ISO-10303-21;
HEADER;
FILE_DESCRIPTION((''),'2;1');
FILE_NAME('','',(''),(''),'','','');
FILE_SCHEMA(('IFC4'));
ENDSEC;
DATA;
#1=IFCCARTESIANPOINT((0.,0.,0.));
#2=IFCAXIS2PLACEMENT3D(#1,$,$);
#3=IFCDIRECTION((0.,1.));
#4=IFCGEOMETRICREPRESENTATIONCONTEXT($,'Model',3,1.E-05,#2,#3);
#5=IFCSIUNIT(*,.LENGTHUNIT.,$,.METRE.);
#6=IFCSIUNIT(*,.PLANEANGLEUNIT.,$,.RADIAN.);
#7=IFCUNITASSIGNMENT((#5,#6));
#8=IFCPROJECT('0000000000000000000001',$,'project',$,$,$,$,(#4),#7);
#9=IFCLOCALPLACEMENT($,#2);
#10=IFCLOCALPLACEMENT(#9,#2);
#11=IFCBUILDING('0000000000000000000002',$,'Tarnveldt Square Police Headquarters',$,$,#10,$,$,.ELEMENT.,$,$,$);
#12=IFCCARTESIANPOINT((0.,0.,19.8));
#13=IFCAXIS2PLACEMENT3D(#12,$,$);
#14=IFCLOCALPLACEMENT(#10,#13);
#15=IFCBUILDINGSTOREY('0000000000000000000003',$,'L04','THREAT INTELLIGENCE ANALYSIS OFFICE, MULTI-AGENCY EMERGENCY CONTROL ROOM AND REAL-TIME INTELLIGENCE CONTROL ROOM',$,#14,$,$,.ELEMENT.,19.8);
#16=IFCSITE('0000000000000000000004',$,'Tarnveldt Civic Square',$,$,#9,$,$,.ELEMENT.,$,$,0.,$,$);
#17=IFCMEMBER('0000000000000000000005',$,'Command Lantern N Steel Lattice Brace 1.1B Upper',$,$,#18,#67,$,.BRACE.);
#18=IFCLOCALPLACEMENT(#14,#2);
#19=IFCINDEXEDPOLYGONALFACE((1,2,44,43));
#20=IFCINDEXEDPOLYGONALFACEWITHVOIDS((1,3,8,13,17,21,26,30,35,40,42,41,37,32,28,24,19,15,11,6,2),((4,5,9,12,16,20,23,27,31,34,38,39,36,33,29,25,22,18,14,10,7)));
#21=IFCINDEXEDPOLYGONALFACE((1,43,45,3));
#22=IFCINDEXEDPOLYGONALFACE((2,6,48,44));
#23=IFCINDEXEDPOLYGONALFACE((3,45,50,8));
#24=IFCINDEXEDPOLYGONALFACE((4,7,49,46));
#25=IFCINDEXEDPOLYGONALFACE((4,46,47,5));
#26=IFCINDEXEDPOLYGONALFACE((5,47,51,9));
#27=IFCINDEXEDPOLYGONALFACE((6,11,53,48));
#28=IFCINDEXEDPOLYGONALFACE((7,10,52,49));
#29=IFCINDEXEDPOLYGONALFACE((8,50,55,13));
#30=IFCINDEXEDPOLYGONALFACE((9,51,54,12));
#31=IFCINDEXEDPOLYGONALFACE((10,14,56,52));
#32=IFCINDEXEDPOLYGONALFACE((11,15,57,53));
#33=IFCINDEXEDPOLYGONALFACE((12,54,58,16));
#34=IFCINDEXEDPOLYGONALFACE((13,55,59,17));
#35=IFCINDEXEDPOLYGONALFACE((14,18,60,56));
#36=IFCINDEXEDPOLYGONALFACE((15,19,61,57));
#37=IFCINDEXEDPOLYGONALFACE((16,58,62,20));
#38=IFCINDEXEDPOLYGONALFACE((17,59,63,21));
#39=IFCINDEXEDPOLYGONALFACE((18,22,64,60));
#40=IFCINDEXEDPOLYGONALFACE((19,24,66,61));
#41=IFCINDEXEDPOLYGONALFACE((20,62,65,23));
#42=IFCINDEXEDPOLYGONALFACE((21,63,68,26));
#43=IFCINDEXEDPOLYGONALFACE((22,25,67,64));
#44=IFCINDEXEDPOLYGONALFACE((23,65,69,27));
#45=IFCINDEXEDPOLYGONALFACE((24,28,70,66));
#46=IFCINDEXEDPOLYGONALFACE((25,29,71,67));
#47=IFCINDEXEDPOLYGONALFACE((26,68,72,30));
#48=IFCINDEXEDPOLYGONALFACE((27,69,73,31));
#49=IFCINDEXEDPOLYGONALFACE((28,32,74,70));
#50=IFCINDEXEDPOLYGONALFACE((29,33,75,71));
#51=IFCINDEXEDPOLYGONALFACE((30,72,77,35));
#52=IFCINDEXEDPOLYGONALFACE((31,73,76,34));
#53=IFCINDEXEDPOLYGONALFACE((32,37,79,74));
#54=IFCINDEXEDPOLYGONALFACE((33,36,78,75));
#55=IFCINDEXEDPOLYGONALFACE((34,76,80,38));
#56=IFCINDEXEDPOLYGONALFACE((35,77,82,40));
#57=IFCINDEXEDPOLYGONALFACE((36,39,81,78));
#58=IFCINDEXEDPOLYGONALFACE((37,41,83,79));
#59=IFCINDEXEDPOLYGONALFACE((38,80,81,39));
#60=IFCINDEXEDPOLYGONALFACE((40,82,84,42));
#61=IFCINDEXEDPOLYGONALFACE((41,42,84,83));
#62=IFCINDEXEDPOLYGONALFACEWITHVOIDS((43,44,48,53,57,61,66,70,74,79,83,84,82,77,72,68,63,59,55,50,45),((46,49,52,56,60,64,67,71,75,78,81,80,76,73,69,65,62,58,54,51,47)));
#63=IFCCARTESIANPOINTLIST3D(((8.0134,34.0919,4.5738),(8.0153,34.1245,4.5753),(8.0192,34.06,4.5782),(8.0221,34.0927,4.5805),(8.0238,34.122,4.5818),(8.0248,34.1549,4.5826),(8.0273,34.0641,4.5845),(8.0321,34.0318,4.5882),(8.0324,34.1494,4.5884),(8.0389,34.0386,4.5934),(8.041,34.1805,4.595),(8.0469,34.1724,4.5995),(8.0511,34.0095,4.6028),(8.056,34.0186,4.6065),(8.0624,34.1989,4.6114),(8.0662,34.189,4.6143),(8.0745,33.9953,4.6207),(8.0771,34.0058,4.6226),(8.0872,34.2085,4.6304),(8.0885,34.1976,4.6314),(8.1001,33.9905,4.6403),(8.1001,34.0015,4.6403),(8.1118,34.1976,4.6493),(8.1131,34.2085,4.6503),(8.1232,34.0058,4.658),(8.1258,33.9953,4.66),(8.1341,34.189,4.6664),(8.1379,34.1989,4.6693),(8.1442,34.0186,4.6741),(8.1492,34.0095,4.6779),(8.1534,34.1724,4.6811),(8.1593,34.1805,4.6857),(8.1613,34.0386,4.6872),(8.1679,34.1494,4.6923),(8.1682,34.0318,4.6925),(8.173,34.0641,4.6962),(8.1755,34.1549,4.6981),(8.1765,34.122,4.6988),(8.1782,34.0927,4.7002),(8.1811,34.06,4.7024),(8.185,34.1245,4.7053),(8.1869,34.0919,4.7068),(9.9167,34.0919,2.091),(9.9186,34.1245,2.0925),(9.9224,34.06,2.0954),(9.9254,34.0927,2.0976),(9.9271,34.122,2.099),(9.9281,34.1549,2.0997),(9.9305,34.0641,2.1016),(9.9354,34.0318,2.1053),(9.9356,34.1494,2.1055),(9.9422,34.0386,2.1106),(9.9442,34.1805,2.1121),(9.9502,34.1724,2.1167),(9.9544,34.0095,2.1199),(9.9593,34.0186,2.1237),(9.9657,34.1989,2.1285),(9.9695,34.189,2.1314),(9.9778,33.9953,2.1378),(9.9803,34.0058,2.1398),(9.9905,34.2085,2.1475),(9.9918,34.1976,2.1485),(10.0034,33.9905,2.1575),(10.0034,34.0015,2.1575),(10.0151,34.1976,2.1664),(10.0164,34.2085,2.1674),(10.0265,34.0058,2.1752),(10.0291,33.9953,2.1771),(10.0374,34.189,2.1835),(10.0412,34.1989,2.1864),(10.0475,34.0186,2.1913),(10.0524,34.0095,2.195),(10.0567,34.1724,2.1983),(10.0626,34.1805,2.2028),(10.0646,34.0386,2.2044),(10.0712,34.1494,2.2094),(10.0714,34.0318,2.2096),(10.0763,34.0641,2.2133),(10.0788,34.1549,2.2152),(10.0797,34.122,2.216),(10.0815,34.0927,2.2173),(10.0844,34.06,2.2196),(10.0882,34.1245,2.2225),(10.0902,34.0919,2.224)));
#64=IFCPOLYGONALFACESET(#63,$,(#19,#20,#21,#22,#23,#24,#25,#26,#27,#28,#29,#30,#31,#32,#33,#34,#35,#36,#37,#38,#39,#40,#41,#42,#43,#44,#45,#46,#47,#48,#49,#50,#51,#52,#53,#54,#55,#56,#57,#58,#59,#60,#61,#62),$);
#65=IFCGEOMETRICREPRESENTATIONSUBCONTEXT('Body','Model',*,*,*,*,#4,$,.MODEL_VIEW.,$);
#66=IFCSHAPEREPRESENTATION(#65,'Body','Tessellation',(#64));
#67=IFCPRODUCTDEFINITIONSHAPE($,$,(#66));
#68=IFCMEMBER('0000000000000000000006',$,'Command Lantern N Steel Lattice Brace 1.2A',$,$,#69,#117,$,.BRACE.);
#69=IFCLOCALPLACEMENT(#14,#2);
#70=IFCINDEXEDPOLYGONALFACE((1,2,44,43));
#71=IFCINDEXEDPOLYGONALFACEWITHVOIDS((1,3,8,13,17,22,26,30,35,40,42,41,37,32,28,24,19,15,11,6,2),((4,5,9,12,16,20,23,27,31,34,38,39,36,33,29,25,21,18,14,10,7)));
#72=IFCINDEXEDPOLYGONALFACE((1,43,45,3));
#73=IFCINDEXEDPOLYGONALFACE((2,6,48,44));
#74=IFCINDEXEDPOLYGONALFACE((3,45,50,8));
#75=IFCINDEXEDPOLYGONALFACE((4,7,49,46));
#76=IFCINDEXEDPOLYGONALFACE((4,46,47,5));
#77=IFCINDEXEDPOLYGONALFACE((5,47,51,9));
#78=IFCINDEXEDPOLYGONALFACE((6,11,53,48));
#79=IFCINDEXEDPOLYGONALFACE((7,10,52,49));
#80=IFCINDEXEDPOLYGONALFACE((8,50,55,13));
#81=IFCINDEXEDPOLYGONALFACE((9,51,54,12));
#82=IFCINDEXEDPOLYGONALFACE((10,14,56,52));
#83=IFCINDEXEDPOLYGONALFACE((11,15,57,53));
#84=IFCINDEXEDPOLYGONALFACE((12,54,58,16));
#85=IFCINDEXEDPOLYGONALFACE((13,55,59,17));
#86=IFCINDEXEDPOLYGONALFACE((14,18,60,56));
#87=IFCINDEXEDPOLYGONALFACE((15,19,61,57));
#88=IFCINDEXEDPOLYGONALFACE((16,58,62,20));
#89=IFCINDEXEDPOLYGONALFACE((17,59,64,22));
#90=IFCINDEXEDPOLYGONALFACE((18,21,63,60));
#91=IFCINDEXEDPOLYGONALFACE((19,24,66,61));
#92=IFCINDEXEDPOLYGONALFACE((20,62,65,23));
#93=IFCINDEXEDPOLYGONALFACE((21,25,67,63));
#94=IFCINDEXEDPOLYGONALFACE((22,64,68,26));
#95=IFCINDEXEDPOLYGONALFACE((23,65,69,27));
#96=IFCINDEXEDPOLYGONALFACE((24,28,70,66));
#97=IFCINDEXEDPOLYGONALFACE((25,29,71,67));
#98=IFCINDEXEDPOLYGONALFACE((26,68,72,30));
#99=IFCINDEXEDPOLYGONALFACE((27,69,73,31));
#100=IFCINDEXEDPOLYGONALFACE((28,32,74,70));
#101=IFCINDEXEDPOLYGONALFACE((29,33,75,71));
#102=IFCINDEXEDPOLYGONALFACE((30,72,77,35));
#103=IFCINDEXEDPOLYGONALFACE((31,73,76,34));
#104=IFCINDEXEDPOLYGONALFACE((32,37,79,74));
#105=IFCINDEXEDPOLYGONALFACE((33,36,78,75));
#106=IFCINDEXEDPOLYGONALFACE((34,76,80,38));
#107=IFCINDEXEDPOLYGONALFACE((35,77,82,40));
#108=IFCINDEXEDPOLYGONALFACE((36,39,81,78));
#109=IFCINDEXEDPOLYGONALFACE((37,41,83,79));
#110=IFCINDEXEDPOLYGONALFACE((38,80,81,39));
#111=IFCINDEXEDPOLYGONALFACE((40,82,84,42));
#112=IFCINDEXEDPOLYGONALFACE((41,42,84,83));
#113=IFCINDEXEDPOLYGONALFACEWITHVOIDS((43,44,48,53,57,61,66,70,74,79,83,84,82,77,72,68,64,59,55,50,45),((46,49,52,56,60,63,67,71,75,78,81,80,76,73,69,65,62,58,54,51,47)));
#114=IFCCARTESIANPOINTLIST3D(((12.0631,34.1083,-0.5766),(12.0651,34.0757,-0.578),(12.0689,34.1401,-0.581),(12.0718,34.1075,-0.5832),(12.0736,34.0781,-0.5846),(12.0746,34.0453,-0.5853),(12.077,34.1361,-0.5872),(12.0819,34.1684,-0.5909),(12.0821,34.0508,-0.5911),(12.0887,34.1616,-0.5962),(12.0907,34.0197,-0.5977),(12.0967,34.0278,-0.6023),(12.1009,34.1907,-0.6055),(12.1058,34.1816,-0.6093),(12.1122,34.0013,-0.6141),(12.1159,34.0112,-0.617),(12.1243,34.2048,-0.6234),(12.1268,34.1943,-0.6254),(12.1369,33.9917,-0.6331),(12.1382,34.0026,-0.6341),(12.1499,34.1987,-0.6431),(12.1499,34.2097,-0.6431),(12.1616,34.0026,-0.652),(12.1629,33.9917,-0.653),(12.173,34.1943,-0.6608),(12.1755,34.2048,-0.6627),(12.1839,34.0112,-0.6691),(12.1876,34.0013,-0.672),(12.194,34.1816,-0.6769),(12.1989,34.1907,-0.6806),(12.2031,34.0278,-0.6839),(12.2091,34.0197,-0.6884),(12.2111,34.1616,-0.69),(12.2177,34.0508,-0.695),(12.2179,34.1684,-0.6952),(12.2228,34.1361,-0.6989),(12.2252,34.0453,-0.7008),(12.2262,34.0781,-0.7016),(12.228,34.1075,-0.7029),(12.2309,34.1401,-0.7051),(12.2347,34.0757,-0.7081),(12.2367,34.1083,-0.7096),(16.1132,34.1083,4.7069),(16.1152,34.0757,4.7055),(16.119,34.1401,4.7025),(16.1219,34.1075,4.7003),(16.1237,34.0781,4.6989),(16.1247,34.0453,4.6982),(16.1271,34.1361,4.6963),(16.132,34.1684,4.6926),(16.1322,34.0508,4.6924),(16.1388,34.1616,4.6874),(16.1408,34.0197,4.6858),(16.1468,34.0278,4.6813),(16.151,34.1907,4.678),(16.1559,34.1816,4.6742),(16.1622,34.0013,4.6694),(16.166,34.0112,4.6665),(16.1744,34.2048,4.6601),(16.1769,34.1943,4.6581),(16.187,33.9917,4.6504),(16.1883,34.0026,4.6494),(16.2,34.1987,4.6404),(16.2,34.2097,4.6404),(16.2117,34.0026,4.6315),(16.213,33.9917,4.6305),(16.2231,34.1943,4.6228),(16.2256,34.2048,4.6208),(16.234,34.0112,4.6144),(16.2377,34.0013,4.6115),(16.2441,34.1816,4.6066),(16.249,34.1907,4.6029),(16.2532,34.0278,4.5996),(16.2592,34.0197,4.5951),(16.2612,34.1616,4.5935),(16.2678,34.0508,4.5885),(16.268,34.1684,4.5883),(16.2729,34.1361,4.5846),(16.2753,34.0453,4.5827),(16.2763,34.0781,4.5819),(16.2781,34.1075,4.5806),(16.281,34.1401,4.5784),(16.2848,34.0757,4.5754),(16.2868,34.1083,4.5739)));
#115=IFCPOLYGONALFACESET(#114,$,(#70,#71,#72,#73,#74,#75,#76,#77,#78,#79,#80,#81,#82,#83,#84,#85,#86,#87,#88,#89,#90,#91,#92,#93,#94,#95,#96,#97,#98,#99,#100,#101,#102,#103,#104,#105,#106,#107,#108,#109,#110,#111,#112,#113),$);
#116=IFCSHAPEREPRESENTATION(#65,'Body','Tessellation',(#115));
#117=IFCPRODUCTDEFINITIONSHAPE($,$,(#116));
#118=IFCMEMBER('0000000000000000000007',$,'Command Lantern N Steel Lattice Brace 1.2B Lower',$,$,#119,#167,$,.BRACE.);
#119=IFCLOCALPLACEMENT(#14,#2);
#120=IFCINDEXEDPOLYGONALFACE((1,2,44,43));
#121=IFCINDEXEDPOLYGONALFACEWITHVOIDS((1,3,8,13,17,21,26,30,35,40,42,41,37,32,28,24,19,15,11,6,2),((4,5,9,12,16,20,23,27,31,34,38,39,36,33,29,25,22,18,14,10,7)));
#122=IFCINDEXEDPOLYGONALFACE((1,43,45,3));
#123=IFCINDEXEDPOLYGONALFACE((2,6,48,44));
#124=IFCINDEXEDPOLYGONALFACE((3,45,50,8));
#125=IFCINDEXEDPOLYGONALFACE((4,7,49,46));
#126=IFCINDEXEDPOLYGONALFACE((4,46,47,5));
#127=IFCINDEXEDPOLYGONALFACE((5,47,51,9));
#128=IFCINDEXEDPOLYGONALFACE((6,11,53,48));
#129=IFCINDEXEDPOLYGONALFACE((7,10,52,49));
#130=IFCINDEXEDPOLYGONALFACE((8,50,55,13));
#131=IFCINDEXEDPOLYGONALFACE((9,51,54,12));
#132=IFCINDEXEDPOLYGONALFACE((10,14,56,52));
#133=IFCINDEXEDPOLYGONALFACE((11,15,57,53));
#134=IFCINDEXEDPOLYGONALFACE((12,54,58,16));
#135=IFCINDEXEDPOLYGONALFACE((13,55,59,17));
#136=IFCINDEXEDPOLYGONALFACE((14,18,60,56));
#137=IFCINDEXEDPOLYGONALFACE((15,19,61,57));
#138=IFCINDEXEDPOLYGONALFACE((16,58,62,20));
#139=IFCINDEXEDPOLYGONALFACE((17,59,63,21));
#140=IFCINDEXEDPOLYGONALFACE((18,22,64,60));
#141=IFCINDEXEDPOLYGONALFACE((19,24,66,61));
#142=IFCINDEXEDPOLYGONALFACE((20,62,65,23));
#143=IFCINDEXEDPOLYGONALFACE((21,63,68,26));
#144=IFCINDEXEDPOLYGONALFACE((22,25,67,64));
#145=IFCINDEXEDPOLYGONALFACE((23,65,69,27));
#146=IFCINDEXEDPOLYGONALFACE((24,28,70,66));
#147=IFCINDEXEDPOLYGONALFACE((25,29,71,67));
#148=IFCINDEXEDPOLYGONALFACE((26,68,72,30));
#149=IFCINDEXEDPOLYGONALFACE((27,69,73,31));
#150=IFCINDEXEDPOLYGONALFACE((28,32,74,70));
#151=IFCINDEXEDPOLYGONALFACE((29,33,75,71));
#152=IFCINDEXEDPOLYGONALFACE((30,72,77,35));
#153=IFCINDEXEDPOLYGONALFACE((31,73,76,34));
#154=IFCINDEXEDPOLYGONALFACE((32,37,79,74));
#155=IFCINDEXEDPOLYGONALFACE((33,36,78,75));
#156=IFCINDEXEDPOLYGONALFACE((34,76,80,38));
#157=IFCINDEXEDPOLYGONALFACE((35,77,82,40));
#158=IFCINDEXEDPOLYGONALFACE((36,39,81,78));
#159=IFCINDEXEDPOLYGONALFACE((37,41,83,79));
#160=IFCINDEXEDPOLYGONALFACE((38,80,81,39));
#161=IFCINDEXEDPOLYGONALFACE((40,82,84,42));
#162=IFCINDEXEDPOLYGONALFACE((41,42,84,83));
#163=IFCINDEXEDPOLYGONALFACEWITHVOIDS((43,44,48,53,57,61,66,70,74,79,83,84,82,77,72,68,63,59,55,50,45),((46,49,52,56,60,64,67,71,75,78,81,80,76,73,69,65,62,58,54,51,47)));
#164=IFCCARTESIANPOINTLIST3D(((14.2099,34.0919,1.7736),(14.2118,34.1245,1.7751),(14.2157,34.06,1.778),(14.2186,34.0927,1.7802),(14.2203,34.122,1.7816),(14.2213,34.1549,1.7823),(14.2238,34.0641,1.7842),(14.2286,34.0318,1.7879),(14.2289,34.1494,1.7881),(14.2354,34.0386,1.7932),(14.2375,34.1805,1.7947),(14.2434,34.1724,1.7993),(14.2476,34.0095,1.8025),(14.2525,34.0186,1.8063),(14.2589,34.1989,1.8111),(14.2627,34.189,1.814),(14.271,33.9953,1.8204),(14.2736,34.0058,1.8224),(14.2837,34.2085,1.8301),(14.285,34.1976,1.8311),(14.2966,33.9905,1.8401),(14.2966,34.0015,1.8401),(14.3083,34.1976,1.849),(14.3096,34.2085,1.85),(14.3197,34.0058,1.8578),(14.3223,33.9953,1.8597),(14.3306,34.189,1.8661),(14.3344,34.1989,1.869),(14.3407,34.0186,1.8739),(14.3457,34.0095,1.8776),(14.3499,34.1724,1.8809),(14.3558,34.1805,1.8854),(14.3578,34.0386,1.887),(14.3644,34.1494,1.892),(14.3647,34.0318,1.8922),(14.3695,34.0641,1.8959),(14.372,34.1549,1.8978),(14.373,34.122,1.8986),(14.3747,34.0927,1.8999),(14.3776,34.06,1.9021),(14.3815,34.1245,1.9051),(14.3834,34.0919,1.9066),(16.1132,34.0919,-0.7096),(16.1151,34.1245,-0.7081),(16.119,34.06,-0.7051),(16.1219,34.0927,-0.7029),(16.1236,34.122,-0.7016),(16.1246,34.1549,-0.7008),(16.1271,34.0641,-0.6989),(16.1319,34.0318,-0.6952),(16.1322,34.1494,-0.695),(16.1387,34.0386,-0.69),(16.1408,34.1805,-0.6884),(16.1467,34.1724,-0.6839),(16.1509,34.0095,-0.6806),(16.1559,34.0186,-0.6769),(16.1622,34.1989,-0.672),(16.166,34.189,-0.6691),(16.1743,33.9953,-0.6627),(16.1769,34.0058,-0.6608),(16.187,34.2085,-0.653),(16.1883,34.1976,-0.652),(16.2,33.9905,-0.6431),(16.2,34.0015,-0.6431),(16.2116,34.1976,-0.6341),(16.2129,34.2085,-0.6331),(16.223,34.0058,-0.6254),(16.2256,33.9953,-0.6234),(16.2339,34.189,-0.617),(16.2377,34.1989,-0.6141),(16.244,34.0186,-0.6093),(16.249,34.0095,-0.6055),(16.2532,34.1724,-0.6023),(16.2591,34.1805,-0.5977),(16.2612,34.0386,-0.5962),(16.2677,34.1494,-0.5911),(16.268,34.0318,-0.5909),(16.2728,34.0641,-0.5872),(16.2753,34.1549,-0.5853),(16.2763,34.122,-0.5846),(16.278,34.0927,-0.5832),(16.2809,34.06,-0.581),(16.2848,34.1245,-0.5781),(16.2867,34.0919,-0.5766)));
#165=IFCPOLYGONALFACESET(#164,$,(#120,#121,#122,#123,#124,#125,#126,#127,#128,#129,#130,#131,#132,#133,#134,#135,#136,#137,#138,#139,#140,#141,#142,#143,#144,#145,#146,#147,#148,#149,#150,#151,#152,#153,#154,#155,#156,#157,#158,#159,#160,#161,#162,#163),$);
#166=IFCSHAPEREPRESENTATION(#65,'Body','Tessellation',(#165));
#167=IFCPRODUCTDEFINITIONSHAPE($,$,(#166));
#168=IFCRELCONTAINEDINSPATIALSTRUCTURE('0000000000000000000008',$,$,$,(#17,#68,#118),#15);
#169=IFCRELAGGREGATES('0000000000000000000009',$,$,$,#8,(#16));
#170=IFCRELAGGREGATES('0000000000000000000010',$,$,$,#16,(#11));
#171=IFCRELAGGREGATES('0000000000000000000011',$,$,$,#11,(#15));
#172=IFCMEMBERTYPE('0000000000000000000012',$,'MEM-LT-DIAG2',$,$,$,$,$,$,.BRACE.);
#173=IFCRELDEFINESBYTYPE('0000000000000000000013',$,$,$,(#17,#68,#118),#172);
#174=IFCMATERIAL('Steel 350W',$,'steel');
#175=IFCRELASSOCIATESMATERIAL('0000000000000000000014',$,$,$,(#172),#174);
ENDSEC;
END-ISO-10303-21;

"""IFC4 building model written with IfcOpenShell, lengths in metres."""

from ifc_helpers import new_model, si_unit, direction, frame, origin, origin_2d, place, context, subcontext, project, spatial, hollow_circle, extrude, material, material_profile, profile_set, type_object, element, save


model = new_model("IFC4")

# Units and contexts
model_context = context("Model", 3, precision=1e-05, world=origin(), true_north=direction((0.0, 1.0)))
body_context = subcontext(model_context, "Body", "Model", "MODEL_VIEW")
ifc_project = project(units=[si_unit("LENGTHUNIT", "METRE"), si_unit("PLANEANGLEUNIT", "RADIAN")], contexts=[model_context])

# Site, building, storey
site_placement = place(None, origin())
site = spatial("IfcSite", under=ifc_project, at=site_placement, Name="Tarnveldt Civic Square", CompositionType="ELEMENT", RefElevation=0.0)
building_placement = place(site_placement, origin())
building = spatial("IfcBuilding", under=site, at=building_placement, Name="Tarnveldt Square Police Headquarters", CompositionType="ELEMENT")
storey_placement = place(building_placement, frame((0.0, 0.0, 19.8)))
storey = spatial("IfcBuildingStorey", under=building, at=storey_placement, Name="L04", Description="THREAT INTELLIGENCE ANALYSIS OFFICE, MULTI-AGENCY EMERGENCY CONTROL ROOM AND REAL-TIME INTELLIGENCE CONTROL ROOM", CompositionType="ELEMENT", Elevation=19.8)

# Shared definitions
ifc_material_1 = material(Name="Steel 350W", Category="steel")

# Members
ifc_material_profile_1 = material_profile(ifc_material_1, hollow_circle(Radius=0.1096, WallThickness=0.011, at=origin_2d()), Name="HSS219x11")
ifc_profile_set_1 = profile_set([ifc_material_profile_1], Name="Steel 350W")
member_type_1 = type_object("IfcMemberType", Name="MEM-LT-DIAG2", PredefinedType="BRACE", material=ifc_profile_set_1)
member_1_placement = place(storey_placement, frame((10.0034, 34.1001, 2.1575), z_axis=(-0.608382, 0.0, 0.793644), x_axis=(0.0, -1.0, 0.0)))
element("IfcMember", 1, at=member_1_placement, inside=storey, type_object=member_type_1, Name="Command Lantern N Steel Lattice Brace 1.1B Upper", PredefinedType="BRACE", context=body_context, shape_type="SweptSolid", body=[
    extrude(hollow_circle(Radius=0.1096, WallThickness=0.011, at=origin_2d()), origin(), (0.0, 0.0, 1.0), 3.1284),
])
member_2_placement = place(storey_placement, frame((12.1499, 34.1001, -0.6431), z_axis=(0.608375, 0.0, 0.793649), x_axis=(0.0, 1.0, 0.0)))
element("IfcMember", 2, at=member_2_placement, inside=storey, type_object=member_type_1, Name="Command Lantern N Steel Lattice Brace 1.2A", PredefinedType="BRACE", context=body_context, shape_type="SweptSolid", body=[
    extrude(hollow_circle(Radius=0.1096, WallThickness=0.011, at=origin_2d()), origin(), (0.0, 0.0, 1.0), 6.6572),
])
member_3_placement = place(storey_placement, frame((16.2, 34.1001, -0.6431), z_axis=(-0.608345, 0.0, 0.793673), x_axis=(0.0, -1.0, 0.0)))
element("IfcMember", 3, at=member_3_placement, inside=storey, type_object=member_type_1, Name="Command Lantern N Steel Lattice Brace 1.2B Lower", PredefinedType="BRACE", context=body_context, shape_type="SweptSolid", body=[
    extrude(hollow_circle(Radius=0.1096, WallThickness=0.011, at=origin_2d()), origin(), (0.0, 0.0, 1.0), 3.1287),
])

save(model, "model.ifc")
